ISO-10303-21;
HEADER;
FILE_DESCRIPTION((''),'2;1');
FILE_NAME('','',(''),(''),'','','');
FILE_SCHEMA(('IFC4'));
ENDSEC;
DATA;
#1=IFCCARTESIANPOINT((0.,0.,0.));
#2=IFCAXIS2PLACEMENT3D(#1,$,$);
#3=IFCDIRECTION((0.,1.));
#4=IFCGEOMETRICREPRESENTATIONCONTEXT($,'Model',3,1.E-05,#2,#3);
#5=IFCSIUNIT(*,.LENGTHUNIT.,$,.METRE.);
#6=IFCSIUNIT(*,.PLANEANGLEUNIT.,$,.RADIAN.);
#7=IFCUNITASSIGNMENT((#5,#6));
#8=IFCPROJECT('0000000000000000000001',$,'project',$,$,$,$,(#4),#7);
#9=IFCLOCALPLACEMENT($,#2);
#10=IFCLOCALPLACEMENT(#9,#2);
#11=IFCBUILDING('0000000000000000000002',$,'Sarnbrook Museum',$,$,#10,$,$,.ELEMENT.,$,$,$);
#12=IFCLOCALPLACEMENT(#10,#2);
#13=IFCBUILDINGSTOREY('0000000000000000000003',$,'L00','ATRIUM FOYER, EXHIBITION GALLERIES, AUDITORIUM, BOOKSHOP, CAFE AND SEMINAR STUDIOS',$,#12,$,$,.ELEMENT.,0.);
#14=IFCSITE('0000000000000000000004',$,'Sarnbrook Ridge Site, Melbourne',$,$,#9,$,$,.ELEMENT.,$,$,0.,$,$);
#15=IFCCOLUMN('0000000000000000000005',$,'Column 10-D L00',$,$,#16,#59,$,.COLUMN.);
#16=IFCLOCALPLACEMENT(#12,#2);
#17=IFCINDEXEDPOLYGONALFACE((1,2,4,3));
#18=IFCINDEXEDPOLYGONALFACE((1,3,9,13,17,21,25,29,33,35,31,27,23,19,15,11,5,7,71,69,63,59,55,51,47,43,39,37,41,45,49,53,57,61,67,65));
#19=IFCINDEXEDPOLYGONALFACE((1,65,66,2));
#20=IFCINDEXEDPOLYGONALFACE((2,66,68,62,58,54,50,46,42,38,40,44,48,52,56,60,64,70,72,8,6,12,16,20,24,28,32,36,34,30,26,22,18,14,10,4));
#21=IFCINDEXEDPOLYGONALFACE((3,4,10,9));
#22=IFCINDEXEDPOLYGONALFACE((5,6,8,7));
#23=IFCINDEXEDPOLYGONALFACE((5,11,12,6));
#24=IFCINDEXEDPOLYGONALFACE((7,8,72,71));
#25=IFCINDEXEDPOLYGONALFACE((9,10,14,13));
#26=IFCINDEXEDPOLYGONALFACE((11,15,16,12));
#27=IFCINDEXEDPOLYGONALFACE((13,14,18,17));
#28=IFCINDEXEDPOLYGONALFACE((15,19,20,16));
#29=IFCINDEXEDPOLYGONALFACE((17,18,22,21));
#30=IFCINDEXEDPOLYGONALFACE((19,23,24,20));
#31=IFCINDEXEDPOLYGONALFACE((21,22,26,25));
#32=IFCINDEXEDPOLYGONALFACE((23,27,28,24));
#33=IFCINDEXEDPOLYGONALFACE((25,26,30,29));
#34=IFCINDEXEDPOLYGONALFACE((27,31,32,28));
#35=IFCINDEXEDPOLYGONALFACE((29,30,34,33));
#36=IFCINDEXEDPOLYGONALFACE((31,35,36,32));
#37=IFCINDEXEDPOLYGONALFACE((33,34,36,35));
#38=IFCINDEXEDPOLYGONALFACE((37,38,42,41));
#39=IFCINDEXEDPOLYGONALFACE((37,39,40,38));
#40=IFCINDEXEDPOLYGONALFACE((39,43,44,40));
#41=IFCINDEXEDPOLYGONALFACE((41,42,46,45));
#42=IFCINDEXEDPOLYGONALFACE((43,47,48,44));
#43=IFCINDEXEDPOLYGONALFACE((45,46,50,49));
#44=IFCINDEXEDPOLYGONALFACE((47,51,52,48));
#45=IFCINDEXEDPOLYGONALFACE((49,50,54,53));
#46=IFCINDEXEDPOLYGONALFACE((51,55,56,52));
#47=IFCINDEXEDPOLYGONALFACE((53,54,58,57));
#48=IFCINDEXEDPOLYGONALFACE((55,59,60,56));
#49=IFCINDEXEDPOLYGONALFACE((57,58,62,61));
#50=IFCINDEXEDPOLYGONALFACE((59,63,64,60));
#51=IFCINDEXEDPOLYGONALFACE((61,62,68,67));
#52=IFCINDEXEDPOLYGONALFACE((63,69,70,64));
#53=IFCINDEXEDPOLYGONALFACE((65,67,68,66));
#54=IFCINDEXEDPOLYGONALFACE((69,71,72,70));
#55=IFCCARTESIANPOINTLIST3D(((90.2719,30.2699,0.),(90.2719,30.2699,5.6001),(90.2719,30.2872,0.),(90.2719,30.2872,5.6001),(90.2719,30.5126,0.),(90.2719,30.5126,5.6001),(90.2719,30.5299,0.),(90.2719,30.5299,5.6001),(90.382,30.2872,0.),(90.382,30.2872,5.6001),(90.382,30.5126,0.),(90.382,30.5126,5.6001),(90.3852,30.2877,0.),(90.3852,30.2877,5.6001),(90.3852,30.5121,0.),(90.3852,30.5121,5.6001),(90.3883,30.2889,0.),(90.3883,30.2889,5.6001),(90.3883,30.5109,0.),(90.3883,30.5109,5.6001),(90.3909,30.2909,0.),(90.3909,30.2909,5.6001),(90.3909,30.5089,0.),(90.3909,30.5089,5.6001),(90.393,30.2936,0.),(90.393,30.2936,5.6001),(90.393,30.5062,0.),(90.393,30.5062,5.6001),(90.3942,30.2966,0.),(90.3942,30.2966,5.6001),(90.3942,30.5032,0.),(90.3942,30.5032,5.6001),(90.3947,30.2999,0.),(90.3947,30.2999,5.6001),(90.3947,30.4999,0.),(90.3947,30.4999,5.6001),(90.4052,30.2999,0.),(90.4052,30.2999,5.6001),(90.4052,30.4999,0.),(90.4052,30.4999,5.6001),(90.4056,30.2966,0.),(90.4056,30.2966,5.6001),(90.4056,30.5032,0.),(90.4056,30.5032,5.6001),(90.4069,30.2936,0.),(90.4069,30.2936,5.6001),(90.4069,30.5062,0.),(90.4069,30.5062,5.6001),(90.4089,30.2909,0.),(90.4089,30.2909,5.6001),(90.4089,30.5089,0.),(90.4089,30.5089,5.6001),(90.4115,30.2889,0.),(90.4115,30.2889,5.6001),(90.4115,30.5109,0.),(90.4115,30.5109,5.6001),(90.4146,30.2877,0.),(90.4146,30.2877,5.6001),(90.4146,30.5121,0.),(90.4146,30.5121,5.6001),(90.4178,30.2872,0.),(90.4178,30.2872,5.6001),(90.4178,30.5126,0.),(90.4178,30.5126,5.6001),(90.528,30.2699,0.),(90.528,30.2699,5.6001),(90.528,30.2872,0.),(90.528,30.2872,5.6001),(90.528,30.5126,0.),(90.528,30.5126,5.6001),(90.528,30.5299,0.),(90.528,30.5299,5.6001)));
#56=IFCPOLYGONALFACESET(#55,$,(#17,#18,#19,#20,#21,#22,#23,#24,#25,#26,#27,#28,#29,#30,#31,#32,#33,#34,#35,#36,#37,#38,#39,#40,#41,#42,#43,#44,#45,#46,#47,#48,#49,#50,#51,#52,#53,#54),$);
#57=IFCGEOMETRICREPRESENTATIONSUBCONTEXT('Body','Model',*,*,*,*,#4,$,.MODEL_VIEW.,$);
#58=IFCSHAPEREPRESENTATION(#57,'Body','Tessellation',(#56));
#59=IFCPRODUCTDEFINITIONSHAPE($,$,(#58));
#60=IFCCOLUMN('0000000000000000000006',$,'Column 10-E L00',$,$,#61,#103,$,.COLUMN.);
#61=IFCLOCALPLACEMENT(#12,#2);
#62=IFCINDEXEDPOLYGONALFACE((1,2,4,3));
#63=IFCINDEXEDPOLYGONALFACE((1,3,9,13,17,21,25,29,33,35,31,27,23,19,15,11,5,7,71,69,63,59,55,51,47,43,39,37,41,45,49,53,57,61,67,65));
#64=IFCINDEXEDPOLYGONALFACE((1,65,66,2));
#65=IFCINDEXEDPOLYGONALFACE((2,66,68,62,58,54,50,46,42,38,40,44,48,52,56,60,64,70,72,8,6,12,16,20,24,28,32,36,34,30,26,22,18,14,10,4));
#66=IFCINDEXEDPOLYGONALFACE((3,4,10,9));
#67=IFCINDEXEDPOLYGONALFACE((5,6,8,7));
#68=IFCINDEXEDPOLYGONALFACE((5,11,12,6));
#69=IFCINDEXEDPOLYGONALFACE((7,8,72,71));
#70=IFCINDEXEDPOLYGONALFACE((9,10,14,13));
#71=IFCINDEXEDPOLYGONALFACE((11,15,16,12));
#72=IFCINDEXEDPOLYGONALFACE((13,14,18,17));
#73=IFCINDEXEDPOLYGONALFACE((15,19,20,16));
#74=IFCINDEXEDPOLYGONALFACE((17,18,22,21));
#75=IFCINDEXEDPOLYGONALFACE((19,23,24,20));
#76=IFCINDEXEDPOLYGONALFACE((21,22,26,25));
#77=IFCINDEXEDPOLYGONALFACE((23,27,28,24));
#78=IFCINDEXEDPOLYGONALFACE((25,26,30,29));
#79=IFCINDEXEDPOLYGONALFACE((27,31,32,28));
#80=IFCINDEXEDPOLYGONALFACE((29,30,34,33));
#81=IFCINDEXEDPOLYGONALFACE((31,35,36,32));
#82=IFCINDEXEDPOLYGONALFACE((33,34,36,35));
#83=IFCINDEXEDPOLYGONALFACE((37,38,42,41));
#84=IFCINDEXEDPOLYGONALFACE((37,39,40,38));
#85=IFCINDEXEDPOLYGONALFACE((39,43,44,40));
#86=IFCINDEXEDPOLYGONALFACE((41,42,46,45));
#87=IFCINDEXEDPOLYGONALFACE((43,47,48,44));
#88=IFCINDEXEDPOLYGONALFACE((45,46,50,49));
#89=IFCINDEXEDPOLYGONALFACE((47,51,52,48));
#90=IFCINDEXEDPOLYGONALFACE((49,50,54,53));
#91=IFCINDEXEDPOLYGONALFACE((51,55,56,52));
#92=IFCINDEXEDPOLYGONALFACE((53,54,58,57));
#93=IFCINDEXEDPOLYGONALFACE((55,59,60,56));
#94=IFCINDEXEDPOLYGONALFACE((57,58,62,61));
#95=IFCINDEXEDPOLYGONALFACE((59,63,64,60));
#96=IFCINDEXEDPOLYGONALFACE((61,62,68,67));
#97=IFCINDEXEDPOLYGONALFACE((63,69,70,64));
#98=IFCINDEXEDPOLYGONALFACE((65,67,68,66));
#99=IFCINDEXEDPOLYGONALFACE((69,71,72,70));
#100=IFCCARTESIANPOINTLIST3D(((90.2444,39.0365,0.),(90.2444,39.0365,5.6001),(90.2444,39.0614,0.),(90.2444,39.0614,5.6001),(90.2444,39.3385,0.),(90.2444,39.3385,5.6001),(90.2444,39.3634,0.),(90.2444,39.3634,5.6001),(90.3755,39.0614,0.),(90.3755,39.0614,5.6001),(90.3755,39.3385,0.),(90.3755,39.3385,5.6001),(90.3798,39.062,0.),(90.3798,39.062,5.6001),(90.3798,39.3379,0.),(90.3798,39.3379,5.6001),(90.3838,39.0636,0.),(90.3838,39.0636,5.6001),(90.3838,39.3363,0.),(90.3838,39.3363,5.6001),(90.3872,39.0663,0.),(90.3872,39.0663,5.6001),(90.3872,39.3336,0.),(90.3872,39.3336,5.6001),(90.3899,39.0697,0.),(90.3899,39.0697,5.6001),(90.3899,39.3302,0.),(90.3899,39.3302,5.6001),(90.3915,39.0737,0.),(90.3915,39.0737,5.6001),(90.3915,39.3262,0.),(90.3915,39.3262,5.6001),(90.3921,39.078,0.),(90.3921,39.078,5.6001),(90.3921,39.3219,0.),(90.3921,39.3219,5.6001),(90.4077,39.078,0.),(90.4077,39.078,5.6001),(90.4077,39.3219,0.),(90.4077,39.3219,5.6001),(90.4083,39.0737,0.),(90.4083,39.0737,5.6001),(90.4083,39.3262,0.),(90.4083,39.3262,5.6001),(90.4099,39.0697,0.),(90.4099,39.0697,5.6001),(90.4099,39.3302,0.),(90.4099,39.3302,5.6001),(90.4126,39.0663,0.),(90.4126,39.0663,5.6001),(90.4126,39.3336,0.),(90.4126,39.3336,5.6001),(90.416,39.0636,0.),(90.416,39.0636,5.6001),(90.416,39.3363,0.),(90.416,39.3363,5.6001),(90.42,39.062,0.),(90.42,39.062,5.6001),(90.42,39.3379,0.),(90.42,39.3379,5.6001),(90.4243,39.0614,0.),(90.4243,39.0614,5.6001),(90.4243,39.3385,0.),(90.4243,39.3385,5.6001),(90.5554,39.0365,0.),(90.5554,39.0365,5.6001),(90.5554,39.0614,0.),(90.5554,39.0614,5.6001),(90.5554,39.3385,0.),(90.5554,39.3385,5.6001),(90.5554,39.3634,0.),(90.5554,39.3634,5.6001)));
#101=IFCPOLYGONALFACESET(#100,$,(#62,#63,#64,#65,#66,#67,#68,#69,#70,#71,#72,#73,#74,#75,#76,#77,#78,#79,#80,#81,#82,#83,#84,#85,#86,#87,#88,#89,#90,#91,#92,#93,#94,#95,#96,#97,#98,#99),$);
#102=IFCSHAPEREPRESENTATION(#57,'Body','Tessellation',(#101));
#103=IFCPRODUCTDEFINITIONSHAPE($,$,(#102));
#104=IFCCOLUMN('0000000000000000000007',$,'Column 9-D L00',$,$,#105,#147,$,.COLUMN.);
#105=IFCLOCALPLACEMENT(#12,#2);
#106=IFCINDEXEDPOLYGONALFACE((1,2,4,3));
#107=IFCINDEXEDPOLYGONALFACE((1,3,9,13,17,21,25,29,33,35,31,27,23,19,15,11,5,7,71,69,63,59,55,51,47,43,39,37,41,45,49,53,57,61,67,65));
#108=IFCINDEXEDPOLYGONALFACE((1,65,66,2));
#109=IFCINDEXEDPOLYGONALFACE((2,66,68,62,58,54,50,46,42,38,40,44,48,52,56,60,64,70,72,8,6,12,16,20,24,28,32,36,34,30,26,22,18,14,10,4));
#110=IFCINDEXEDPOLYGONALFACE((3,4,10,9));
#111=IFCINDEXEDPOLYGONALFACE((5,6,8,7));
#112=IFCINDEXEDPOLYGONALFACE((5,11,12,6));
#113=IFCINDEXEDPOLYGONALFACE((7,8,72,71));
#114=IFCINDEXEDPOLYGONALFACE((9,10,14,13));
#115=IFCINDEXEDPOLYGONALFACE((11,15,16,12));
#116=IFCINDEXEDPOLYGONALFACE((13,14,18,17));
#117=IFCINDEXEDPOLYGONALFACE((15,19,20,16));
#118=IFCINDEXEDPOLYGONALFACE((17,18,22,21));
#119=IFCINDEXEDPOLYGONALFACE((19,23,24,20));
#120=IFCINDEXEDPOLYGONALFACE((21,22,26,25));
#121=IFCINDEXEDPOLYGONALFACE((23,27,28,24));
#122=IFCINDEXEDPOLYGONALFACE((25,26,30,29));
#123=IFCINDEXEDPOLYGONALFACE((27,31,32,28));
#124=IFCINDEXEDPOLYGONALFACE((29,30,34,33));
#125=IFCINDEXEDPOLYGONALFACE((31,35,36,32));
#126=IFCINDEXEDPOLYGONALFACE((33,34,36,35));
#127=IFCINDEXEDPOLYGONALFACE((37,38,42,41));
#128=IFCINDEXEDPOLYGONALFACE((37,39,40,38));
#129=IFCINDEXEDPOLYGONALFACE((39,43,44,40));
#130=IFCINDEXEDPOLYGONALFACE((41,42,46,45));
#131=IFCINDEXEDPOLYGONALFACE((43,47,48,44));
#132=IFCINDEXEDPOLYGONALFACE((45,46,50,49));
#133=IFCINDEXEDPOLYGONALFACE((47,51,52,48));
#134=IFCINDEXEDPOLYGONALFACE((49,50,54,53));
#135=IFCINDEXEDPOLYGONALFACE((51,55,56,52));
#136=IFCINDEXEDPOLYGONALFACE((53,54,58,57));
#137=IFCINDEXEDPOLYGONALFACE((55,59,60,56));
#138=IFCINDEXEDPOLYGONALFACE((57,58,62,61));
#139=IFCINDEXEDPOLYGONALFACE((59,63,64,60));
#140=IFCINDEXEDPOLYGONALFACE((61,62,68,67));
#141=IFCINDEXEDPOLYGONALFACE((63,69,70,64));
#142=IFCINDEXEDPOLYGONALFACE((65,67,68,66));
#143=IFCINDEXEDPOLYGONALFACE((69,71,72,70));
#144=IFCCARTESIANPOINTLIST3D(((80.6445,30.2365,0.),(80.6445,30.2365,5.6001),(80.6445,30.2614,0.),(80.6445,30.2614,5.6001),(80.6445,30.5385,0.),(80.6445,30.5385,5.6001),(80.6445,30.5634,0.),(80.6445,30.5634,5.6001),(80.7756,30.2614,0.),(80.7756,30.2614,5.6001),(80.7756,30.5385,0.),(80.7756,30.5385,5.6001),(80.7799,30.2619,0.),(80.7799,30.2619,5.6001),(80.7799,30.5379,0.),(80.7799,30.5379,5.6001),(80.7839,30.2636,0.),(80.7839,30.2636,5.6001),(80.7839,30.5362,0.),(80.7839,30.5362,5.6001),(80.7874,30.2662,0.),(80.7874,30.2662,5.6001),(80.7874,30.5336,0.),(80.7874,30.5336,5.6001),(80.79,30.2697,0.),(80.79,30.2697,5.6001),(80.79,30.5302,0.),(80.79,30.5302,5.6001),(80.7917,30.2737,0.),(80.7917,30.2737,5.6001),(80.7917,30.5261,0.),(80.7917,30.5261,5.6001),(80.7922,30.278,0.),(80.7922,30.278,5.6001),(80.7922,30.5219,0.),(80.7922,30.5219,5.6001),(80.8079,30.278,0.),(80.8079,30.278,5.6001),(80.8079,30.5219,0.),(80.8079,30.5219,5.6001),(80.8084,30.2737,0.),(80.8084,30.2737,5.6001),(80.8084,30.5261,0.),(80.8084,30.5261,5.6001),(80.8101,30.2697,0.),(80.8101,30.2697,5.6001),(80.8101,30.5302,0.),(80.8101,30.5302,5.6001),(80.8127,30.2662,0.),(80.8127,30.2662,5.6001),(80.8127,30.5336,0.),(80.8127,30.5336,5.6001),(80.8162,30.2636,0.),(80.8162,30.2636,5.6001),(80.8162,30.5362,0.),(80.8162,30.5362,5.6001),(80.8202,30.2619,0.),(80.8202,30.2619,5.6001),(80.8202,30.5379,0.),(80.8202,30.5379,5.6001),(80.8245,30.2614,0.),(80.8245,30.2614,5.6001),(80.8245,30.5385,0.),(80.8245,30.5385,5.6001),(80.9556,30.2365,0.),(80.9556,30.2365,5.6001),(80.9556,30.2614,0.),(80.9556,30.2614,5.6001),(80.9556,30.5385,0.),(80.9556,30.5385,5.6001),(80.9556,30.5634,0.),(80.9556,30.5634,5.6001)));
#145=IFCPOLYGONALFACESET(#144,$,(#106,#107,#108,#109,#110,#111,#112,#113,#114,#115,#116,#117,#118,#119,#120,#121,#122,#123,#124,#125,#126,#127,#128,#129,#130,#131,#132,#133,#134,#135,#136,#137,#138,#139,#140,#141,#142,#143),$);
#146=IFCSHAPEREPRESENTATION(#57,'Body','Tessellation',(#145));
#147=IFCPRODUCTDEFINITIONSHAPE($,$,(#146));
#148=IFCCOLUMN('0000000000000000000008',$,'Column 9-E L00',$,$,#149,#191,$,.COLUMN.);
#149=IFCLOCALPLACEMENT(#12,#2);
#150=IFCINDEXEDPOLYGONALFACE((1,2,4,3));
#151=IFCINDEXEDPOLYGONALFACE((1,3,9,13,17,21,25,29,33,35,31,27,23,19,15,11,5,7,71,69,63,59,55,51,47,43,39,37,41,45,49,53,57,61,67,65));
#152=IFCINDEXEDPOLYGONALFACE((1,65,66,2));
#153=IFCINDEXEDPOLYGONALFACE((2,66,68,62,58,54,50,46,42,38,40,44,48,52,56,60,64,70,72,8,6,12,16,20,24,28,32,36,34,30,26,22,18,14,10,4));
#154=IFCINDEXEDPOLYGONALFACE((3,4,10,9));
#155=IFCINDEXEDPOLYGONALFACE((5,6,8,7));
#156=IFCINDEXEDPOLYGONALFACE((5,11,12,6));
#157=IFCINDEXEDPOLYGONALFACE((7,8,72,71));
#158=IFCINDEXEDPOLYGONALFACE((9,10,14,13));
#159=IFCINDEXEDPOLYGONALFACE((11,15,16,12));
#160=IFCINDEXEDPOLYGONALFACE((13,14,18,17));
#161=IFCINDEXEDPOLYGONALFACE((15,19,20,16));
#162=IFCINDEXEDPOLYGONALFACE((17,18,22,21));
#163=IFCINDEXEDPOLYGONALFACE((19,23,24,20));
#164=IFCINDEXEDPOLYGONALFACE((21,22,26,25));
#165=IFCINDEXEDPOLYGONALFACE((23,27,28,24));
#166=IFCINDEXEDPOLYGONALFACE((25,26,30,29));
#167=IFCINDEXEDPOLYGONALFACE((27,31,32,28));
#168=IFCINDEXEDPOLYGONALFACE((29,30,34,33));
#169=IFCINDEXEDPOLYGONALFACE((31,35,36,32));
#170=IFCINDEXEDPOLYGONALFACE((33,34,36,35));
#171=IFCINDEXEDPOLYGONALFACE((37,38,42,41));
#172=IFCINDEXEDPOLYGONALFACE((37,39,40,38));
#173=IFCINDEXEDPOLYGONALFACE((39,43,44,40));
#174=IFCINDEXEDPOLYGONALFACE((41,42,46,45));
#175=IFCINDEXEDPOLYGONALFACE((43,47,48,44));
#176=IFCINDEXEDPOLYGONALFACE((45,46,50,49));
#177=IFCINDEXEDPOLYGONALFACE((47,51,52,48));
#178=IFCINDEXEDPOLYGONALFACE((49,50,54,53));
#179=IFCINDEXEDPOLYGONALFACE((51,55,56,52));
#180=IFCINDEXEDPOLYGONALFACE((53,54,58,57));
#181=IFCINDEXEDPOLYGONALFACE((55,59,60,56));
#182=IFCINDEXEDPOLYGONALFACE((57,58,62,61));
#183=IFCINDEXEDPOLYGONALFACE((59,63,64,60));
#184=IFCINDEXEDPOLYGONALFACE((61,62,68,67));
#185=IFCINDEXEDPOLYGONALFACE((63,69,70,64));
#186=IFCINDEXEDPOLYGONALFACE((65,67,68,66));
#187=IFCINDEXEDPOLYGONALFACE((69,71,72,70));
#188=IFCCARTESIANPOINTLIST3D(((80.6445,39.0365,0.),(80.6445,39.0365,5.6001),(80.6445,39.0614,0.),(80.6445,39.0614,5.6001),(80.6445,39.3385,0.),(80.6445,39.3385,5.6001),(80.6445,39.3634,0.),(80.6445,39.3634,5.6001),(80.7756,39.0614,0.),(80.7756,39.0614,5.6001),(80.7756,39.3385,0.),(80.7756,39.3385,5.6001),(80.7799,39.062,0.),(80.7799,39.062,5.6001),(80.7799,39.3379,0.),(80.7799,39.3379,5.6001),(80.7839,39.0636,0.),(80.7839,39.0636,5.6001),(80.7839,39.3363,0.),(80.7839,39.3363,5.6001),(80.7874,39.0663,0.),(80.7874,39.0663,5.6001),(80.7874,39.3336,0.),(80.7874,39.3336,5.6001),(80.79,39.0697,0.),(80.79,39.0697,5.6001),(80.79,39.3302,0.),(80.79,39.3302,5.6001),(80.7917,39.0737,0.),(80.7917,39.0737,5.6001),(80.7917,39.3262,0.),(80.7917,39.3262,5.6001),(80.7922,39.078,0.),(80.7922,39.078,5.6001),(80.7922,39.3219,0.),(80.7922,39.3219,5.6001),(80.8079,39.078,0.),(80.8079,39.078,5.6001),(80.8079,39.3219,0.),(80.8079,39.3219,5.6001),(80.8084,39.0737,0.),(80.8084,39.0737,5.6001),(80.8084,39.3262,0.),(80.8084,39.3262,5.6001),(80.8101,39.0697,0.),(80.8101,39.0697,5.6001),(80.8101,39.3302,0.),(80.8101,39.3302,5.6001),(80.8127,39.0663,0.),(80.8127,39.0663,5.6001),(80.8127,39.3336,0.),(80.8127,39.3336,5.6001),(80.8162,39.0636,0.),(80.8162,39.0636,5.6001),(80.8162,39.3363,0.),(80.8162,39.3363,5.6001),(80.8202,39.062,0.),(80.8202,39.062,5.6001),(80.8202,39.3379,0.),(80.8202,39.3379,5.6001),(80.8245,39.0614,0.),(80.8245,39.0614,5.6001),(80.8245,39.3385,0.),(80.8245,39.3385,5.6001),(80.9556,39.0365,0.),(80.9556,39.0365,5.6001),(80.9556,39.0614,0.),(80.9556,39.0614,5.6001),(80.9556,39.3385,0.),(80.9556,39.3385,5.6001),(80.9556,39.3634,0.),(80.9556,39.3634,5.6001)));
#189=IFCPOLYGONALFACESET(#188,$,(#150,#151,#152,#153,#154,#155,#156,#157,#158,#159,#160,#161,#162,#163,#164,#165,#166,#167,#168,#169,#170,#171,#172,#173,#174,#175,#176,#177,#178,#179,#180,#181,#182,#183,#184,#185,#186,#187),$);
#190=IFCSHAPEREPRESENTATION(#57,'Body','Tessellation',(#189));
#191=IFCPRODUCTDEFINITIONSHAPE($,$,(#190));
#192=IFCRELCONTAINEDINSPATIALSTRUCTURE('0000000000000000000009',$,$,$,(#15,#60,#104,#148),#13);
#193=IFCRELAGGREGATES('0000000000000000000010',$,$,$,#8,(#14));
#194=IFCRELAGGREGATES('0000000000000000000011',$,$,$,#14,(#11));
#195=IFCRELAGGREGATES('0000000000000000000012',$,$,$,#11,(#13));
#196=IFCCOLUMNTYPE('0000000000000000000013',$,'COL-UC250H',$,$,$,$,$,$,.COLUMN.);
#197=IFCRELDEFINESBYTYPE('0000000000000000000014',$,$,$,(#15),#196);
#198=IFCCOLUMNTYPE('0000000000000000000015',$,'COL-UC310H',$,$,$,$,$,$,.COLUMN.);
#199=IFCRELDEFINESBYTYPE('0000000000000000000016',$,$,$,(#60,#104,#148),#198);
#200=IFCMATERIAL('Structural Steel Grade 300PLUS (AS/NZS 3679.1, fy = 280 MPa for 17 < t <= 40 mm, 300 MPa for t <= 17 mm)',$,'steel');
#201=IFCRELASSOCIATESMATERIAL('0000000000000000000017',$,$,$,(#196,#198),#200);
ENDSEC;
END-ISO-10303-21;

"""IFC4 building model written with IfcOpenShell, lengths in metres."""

from ifc_helpers import new_model, si_unit, direction, frame, origin, origin_2d, place, context, subcontext, project, spatial, i_section, extrude, material, material_profile, profile_set, type_object, element, save


model = new_model("IFC4")

# Units and contexts
model_context = context("Model", 3, precision=1e-05, world=origin(), true_north=direction((0.0, 1.0)))
body_context = subcontext(model_context, "Body", "Model", "MODEL_VIEW")
ifc_project = project(units=[si_unit("LENGTHUNIT", "METRE"), si_unit("PLANEANGLEUNIT", "RADIAN")], contexts=[model_context])

# Site, building, storey
site_placement = place(None, origin())
site = spatial("IfcSite", under=ifc_project, at=site_placement, Name="Sarnbrook Ridge Site, Melbourne", CompositionType="ELEMENT", RefElevation=0.0)
building_placement = place(site_placement, origin())
building = spatial("IfcBuilding", under=site, at=building_placement, Name="Sarnbrook Museum", CompositionType="ELEMENT")
storey_placement = place(building_placement, origin())
storey = spatial("IfcBuildingStorey", under=building, at=storey_placement, Name="L00", Description="ATRIUM FOYER, EXHIBITION GALLERIES, AUDITORIUM, BOOKSHOP, CAFE AND SEMINAR STUDIOS", CompositionType="ELEMENT", Elevation=0.0)

# Columns
ifc_material_1 = material(Name="Structural Steel Grade 300PLUS (AS/NZS 3679.1, fy = 280 MPa for 17 < t <= 40 mm, 300 MPa for t <= 17 mm)", Category="steel")
ifc_material_profile_1 = material_profile(ifc_material_1, i_section(OverallWidth=0.2561, OverallDepth=0.26, WebThickness=0.0105, FlangeThickness=0.0173, FilletRadius=0.0127, at=origin_2d()), Name="250UC89.5")
ifc_profile_set_1 = profile_set([ifc_material_profile_1], Name="Structural Steel Grade 300PLUS (AS/NZS 3679.1, fy = 280 MPa for 17 < t <= 40 mm, 300 MPa for t <= 17 mm)")
column_type_1 = type_object("IfcColumnType", Name="COL-UC250H", PredefinedType="COLUMN", material=ifc_profile_set_1)
column_placement = place(storey_placement, frame((90.3999, 30.3999, 0.0), z_axis=(0.0, 0.0, 1.0), x_axis=(1.0, 0.0, 0.0)))
element("IfcColumn", 1, at=column_placement, inside=storey, type_object=column_type_1, Name="Column 10-D L00", PredefinedType="COLUMN", context=body_context, shape_type="SweptSolid", body=[
    extrude(i_section(OverallWidth=0.2561, OverallDepth=0.26, WebThickness=0.0105, FlangeThickness=0.0173, FilletRadius=0.0127, at=origin_2d()), origin(), (0.0, 0.0, 1.0), 5.6001),
])
ifc_material_profile_2 = material_profile(ifc_material_1, i_section(OverallWidth=0.311, OverallDepth=0.3269, WebThickness=0.0156, FlangeThickness=0.0249, FilletRadius=0.0166, at=origin_2d()), Name="310UC158")
ifc_profile_set_2 = profile_set([ifc_material_profile_2], Name="Structural Steel Grade 300PLUS (AS/NZS 3679.1, fy = 280 MPa for 17 < t <= 40 mm, 300 MPa for t <= 17 mm)")
column_type_2 = type_object("IfcColumnType", Name="COL-UC310H", PredefinedType="COLUMN", material=ifc_profile_set_2)
for number, where, z_axis, x_axis, name in (
    (2, (90.3999, 39.2, 0.0), (0.0, 0.0, 1.0), (1.0, 0.0, 0.0), "Column 10-E L00"),
    (3, (80.8, 30.3999, 0.0), (0.0, 0.0, 1.0), (1.0, 0.0, 0.0), "Column 9-D L00"),
    (4, (80.8, 39.2, 0.0), (0.0, 0.0, 1.0), (1.0, 0.0, 0.0), "Column 9-E L00"),
):
    element("IfcColumn", number, at=place(storey_placement, frame(where, z_axis=z_axis, x_axis=x_axis)), inside=storey, type_object=column_type_2, Name=name, PredefinedType="COLUMN", context=body_context, shape_type="SweptSolid", body=[
        extrude(i_section(OverallWidth=0.311, OverallDepth=0.3269, WebThickness=0.0156, FlangeThickness=0.0249, FilletRadius=0.0166, at=origin_2d()), origin(), (0.0, 0.0, 1.0), 5.6001),
    ])

save(model, "model.ifc")
